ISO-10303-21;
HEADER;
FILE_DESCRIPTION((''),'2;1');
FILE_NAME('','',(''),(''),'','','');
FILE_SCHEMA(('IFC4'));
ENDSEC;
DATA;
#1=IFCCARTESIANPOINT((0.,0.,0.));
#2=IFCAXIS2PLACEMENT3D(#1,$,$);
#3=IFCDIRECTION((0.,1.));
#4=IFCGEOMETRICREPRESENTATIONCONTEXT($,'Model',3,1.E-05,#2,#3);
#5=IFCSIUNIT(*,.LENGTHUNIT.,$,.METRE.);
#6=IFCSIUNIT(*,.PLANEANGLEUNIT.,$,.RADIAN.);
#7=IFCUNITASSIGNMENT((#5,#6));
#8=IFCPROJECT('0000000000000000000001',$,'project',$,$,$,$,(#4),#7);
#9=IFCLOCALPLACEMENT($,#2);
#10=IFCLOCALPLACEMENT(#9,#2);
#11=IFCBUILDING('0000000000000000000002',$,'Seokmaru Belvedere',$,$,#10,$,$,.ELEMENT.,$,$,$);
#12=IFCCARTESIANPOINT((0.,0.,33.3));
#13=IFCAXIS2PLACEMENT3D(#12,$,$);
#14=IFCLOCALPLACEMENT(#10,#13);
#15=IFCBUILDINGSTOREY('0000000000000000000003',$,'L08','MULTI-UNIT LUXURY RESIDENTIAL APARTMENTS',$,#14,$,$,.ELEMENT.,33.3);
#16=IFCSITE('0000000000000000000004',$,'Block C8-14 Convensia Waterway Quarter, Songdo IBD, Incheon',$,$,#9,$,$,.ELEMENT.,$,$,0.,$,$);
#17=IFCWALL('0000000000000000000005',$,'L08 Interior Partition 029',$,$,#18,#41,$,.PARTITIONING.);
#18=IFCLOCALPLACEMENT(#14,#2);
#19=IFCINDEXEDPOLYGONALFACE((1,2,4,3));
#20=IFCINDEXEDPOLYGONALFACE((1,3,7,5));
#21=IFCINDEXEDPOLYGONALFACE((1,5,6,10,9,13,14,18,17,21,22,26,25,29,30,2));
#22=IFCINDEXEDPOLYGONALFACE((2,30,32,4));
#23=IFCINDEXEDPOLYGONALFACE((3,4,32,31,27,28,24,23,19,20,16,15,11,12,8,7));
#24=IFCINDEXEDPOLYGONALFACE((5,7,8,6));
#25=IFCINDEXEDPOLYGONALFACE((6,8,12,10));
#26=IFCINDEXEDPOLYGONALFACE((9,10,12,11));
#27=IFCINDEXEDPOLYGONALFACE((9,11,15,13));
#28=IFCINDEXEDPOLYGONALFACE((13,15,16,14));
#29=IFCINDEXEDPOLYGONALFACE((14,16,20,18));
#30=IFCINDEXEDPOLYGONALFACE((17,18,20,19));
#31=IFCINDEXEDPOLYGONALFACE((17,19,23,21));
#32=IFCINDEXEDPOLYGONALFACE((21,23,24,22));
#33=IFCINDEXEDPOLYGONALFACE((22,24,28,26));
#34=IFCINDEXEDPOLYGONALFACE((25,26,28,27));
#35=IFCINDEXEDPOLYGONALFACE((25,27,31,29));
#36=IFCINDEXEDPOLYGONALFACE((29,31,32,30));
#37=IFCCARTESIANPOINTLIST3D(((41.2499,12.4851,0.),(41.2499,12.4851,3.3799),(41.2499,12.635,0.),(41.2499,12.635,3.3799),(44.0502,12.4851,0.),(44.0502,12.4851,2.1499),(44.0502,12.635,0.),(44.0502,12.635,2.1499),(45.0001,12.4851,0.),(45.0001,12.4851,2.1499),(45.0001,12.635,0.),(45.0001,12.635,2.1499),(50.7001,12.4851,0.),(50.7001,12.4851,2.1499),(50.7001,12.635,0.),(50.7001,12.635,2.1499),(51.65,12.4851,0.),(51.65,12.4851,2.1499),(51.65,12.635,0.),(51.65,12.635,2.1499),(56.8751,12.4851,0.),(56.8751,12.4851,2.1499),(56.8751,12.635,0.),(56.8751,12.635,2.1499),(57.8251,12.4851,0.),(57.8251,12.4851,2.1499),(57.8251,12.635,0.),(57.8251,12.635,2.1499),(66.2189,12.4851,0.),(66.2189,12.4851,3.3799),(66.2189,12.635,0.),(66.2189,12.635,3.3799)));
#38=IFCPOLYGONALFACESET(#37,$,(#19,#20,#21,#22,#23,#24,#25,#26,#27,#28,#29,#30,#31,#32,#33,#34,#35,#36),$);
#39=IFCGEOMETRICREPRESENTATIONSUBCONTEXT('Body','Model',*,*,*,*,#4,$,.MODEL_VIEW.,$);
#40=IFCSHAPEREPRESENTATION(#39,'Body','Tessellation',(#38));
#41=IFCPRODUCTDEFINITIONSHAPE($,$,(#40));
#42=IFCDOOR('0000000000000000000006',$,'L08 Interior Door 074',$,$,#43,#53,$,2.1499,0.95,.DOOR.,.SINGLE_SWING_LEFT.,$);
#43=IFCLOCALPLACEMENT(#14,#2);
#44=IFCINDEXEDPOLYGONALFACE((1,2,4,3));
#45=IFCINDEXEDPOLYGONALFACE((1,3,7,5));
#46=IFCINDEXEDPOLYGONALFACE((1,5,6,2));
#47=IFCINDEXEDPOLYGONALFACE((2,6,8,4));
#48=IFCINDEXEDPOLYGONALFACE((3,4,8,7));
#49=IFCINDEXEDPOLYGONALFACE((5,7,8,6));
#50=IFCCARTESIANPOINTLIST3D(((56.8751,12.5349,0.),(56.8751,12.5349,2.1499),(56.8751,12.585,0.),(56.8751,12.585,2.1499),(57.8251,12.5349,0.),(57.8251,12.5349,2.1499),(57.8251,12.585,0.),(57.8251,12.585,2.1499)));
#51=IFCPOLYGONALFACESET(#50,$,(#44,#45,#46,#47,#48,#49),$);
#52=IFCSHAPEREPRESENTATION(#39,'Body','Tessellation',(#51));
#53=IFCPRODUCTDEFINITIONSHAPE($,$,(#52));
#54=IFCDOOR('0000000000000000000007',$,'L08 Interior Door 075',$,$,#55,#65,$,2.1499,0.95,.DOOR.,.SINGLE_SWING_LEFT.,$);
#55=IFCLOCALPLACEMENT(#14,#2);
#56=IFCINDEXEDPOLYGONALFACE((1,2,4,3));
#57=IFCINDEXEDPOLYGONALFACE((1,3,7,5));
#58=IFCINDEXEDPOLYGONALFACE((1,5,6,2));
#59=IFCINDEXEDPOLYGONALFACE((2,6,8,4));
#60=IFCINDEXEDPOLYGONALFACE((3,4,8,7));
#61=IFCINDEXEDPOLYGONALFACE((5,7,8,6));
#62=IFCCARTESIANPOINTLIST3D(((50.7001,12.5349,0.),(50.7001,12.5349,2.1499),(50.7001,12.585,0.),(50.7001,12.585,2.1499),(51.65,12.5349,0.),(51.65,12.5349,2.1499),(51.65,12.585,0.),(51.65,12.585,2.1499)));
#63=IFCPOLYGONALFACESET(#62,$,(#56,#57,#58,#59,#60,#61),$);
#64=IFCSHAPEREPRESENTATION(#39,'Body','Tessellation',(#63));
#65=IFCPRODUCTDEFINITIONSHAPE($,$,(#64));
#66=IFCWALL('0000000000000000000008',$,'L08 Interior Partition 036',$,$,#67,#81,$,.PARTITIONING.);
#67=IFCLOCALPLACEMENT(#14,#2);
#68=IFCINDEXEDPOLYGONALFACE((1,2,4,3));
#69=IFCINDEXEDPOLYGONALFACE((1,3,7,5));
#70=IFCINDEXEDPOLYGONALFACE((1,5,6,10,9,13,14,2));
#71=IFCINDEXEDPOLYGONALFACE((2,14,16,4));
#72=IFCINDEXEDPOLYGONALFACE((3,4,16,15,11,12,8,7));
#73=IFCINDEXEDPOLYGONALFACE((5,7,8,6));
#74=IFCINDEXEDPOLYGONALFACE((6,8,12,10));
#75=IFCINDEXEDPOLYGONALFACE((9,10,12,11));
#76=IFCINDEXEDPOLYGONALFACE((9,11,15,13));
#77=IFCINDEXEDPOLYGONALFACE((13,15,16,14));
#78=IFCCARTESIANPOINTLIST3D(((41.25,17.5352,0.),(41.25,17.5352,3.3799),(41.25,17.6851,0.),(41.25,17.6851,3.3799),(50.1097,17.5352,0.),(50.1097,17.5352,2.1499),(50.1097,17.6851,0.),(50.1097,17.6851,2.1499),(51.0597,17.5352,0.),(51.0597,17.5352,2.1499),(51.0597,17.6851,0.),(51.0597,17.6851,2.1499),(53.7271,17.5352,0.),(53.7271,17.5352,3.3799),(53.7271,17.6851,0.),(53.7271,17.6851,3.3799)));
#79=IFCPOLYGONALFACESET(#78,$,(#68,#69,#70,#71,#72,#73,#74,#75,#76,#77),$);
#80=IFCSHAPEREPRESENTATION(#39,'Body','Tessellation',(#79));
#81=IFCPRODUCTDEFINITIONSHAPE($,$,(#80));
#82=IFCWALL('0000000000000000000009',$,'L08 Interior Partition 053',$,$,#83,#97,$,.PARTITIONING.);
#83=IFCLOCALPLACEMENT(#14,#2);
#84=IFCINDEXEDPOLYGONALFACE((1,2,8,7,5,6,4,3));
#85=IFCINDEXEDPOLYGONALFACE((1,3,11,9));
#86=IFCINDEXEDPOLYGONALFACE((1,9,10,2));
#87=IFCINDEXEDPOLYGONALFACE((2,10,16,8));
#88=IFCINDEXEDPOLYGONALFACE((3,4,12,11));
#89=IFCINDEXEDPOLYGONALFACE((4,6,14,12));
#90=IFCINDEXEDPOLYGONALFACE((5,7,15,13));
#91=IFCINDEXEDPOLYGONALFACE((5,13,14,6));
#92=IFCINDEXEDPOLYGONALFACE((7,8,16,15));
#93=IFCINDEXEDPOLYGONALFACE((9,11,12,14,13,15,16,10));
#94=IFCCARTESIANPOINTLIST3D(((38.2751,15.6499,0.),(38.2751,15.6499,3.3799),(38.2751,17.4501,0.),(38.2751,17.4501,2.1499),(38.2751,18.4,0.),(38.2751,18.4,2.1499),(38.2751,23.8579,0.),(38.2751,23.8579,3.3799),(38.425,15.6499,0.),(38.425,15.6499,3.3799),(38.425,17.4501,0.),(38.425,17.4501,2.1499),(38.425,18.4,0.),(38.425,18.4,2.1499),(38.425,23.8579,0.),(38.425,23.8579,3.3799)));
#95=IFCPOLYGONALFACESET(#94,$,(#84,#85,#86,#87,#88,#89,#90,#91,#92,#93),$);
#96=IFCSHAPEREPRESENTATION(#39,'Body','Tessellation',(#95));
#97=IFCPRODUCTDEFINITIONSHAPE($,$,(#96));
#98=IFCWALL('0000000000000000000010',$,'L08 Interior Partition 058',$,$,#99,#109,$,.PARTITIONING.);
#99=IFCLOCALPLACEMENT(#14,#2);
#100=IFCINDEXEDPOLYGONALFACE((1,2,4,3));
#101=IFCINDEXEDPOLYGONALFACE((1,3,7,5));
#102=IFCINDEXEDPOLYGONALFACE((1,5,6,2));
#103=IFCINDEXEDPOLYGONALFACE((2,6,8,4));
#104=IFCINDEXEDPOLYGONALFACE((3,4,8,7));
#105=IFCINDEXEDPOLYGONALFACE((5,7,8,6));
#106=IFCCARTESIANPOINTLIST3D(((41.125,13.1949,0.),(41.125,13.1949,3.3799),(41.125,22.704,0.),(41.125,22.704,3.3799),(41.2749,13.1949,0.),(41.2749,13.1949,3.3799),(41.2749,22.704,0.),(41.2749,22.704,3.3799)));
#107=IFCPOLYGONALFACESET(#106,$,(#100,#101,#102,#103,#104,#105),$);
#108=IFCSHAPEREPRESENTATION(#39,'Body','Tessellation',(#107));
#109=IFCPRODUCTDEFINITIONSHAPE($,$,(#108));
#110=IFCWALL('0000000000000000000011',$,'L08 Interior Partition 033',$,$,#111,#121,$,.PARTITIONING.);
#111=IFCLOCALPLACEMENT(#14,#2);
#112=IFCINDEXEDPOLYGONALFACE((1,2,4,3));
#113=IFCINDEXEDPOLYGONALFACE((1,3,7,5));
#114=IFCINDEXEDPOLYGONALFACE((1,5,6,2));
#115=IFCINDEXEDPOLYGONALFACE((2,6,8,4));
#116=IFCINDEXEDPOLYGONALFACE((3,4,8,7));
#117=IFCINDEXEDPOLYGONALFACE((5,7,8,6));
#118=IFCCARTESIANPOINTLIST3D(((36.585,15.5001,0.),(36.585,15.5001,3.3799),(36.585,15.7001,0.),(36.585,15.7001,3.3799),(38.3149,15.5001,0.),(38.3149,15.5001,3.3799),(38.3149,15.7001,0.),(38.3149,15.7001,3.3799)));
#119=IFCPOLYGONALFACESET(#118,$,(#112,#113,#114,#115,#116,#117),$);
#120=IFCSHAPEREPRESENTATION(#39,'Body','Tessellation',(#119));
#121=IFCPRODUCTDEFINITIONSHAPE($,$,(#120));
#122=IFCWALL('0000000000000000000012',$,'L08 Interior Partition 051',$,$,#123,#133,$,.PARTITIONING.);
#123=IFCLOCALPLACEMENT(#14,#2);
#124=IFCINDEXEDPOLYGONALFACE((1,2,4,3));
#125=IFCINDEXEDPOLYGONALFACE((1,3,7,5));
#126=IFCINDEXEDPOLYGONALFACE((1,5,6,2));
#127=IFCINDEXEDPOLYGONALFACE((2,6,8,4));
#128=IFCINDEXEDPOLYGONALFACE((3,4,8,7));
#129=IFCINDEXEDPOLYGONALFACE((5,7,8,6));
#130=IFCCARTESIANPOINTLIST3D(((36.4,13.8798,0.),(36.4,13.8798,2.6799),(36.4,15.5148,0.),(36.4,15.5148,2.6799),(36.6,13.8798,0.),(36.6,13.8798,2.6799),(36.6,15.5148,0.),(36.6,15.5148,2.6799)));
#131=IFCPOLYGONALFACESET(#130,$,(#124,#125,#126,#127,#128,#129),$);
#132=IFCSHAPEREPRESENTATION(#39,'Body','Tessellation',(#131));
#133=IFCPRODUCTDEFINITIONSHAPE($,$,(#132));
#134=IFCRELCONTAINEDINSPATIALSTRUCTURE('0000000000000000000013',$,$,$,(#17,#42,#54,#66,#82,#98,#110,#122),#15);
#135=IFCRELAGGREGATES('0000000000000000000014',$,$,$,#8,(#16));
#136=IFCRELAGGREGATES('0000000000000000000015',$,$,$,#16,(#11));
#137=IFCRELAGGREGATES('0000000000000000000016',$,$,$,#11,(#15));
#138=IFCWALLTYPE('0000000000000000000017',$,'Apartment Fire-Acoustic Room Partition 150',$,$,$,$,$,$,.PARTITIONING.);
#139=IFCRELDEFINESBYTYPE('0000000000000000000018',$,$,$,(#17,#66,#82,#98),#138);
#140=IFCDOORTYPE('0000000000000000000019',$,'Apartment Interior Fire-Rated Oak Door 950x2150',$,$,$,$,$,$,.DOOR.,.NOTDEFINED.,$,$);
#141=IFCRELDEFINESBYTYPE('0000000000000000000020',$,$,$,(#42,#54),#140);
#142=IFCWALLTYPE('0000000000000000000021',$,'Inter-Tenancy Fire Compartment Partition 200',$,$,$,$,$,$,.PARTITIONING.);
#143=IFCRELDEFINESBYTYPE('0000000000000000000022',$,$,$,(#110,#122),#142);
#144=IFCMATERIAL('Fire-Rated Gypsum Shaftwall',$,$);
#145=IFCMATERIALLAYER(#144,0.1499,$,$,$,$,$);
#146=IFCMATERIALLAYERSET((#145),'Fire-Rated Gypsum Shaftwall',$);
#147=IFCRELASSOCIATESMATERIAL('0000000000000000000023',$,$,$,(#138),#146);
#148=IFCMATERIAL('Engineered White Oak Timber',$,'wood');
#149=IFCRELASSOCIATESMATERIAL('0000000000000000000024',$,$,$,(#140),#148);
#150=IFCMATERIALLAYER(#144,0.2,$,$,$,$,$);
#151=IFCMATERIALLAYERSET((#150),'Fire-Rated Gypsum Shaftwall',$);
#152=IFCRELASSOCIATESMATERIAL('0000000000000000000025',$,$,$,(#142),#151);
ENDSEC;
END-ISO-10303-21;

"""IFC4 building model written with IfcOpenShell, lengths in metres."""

from ifc_helpers import new_model, si_unit, direction, frame, frame_2d, origin, place, context, subcontext, project, spatial, rectangle, extrude, source, transform, mapped, material, layer, layer_set, type_object, type_shapes, element, fill, save


model = new_model("IFC4")

# Units and contexts
model_context = context("Model", 3, precision=1e-05, world=origin(), true_north=direction((0.0, 1.0)))
body_context = subcontext(model_context, "Body", "Model", "MODEL_VIEW")
ifc_project = project(units=[si_unit("LENGTHUNIT", "METRE"), si_unit("PLANEANGLEUNIT", "RADIAN")], contexts=[model_context])

# Site, building, storey
site_placement = place(None, origin())
site = spatial("IfcSite", under=ifc_project, at=site_placement, Name="Block C8-14 Convensia Waterway Quarter, Songdo IBD, Incheon", CompositionType="ELEMENT", RefElevation=0.0)
building_placement = place(site_placement, origin())
building = spatial("IfcBuilding", under=site, at=building_placement, Name="Seokmaru Belvedere", CompositionType="ELEMENT")
storey_placement = place(building_placement, frame((0.0, 0.0, 33.3)))
storey = spatial("IfcBuildingStorey", under=building, at=storey_placement, Name="L08", Description="MULTI-UNIT LUXURY RESIDENTIAL APARTMENTS", CompositionType="ELEMENT", Elevation=33.3)

# Wall, openings, doors
ifc_material_1 = material(Name="Fire-Rated Gypsum Shaftwall")
ifc_layer_1 = layer(ifc_material_1, 0.1499)
ifc_layer_set_1 = layer_set([ifc_layer_1], Name="Fire-Rated Gypsum Shaftwall")
wall_type_1 = type_object("IfcWallType", Name="Apartment Fire-Acoustic Room Partition 150", PredefinedType="PARTITIONING", material=ifc_layer_set_1)
wall_1_placement = place(storey_placement, frame((41.25, 12.5601, 0.0), z_axis=(0.0, 0.0, 1.0), x_axis=(1.0, 0.0, 0.0)))
wall_1 = element("IfcWall", 1, at=wall_1_placement, inside=storey, type_object=wall_type_1, Name="L08 Interior Partition 029", PredefinedType="PARTITIONING", context=body_context, shape_type="SweptSolid", body=[
    extrude(rectangle(XDim=24.969, YDim=0.1499, at=frame_2d((12.4844, 0.0))), origin(), (0.0, 0.0, 1.0), 3.3799),
])
opening_1_placement = place(wall_1_placement, frame((2.8, 0.0, 0.0)))
element("IfcOpeningElement", 2, at=opening_1_placement, cuts=wall_1, PredefinedType="OPENING", context=body_context, shape_type="SweptSolid", body=[
    extrude(rectangle(XDim=0.95, YDim=2.1499, at=frame_2d((0.4751, 1.075))), frame((0.0, 0.085, 0.0), z_axis=(0.0, -1.0, 0.0), x_axis=(1.0, 0.0, 0.0)), (0.0, 0.0, 1.0), 0.1699),
])
opening_2_placement = place(wall_1_placement, frame((15.625, 0.0, 0.0)))
opening_2 = element("IfcOpeningElement", 3, at=opening_2_placement, cuts=wall_1, PredefinedType="OPENING", context=body_context, shape_type="SweptSolid", body=[
    extrude(rectangle(XDim=0.95, YDim=2.1499, at=frame_2d((0.4751, 1.075))), frame((0.0, 0.085, 0.0), z_axis=(0.0, -1.0, 0.0), x_axis=(1.0, 0.0, 0.0)), (0.0, 0.0, 1.0), 0.1699),
])
opening_3_placement = place(wall_1_placement, frame((9.45, 0.0, 0.0)))
opening_3 = element("IfcOpeningElement", 4, at=opening_3_placement, cuts=wall_1, PredefinedType="OPENING", context=body_context, shape_type="SweptSolid", body=[
    extrude(rectangle(XDim=0.95, YDim=2.1499, at=frame_2d((0.4751, 1.075))), frame((0.0, 0.085, 0.0), z_axis=(0.0, -1.0, 0.0), x_axis=(1.0, 0.0, 0.0)), (0.0, 0.0, 1.0), 0.1699),
])
ifc_material_2 = material(Name="Engineered White Oak Timber", Category="wood")
door_type = type_object("IfcDoorType", Name="Apartment Interior Fire-Rated Oak Door 950x2150", OperationType="NOTDEFINED", PredefinedType="DOOR", material=ifc_material_2)
shared_shape_1 = source(origin(), body_context, "Body", "SweptSolid", [
    extrude(rectangle(XDim=0.95, YDim=2.1499, at=frame_2d((0.4751, 1.075))), frame((0.0, 0.0249, 0.0), z_axis=(0.0, -1.0, 0.0), x_axis=(1.0, 0.0, 0.0)), (0.0, 0.0, 1.0), 0.05),
])
type_shapes(door_type, [shared_shape_1])
door_1_placement = place(opening_2_placement, origin())
door_1 = element("IfcDoor", 5, at=door_1_placement, inside=storey, type_object=door_type, Name="L08 Interior Door 074", OperationType="SINGLE_SWING_LEFT", OverallHeight=2.1499, OverallWidth=0.95, PredefinedType="DOOR", context=body_context, shape_type="MappedRepresentation", body=[
    mapped(shared_shape_1, transform((0.0, 0.0, 0.0), scale=1.0)),
])
fill(opening_2, door_1)
door_2_placement = place(opening_3_placement, origin())
door_2 = element("IfcDoor", 6, at=door_2_placement, inside=storey, type_object=door_type, Name="L08 Interior Door 075", OperationType="SINGLE_SWING_LEFT", OverallHeight=2.1499, OverallWidth=0.95, PredefinedType="DOOR", context=body_context, shape_type="MappedRepresentation", body=[
    mapped(shared_shape_1, transform((0.0, 0.0, 0.0), scale=1.0)),
])
fill(opening_3, door_2)

# Walls, openings
wall_2_placement = place(storey_placement, frame((41.25, 17.6101, 0.0), z_axis=(0.0, 0.0, 1.0), x_axis=(1.0, 0.0, 0.0)))
wall_2 = element("IfcWall", 7, at=wall_2_placement, inside=storey, type_object=wall_type_1, Name="L08 Interior Partition 036", PredefinedType="PARTITIONING", context=body_context, shape_type="SweptSolid", body=[
    extrude(rectangle(XDim=12.4771, YDim=0.1499, at=frame_2d((6.2385, 0.0))), origin(), (0.0, 0.0, 1.0), 3.3799),
])
opening_4_placement = place(wall_2_placement, frame((8.8596, 0.0, 0.0)))
element("IfcOpeningElement", 8, at=opening_4_placement, cuts=wall_2, PredefinedType="OPENING", context=body_context, shape_type="SweptSolid", body=[
    extrude(rectangle(XDim=0.95, YDim=2.1499, at=frame_2d((0.4751, 1.075))), frame((0.0, 0.085, 0.0), z_axis=(0.0, -1.0, 0.0), x_axis=(1.0, 0.0, 0.0)), (0.0, 0.0, 1.0), 0.1699),
])
wall_3_placement = place(storey_placement, frame((38.3501, 15.6499, 0.0), z_axis=(0.0, 0.0, 1.0), x_axis=(0.0, 1.0, 0.0)))
wall_3 = element("IfcWall", 9, at=wall_3_placement, inside=storey, type_object=wall_type_1, Name="L08 Interior Partition 053", PredefinedType="PARTITIONING", context=body_context, shape_type="SweptSolid", body=[
    extrude(rectangle(XDim=8.208, YDim=0.1499, at=frame_2d((4.104, 0.0))), origin(), (0.0, 0.0, 1.0), 3.3799),
])
opening_5_placement = place(wall_3_placement, frame((1.8, 0.0, 0.0)))
element("IfcOpeningElement", 10, at=opening_5_placement, cuts=wall_3, PredefinedType="OPENING", context=body_context, shape_type="SweptSolid", body=[
    extrude(rectangle(XDim=0.95, YDim=2.1499, at=frame_2d((0.4751, 1.075))), frame((0.0, 0.085, 0.0), z_axis=(0.0, -1.0, 0.0), x_axis=(1.0, 0.0, 0.0)), (0.0, 0.0, 1.0), 0.1699),
])

# Walls
wall_4_placement = place(storey_placement, frame((41.2, 13.1951, 0.0), z_axis=(0.0, 0.0, 1.0), x_axis=(0.0, 1.0, 0.0)))
element("IfcWall", 11, at=wall_4_placement, inside=storey, type_object=wall_type_1, Name="L08 Interior Partition 058", PredefinedType="PARTITIONING", context=body_context, shape_type="SweptSolid", body=[
    extrude(rectangle(XDim=9.509, YDim=0.1499, at=frame_2d((4.7544, 0.0))), origin(), (0.0, 0.0, 1.0), 3.3799),
])
ifc_layer_2 = layer(ifc_material_1, 0.2)
ifc_layer_set_2 = layer_set([ifc_layer_2], Name="Fire-Rated Gypsum Shaftwall")
wall_type_2 = type_object("IfcWallType", Name="Inter-Tenancy Fire Compartment Partition 200", PredefinedType="PARTITIONING", material=ifc_layer_set_2)
wall_5_placement = place(storey_placement, frame((36.585, 15.6001, 0.0), z_axis=(0.0, 0.0, 1.0), x_axis=(1.0, 0.0, 0.0)))
element("IfcWall", 12, at=wall_5_placement, inside=storey, type_object=wall_type_2, Name="L08 Interior Partition 033", PredefinedType="PARTITIONING", context=body_context, shape_type="SweptSolid", body=[
    extrude(rectangle(XDim=1.73, YDim=0.2, at=frame_2d((0.865, 0.0))), origin(), (0.0, 0.0, 1.0), 3.3799),
])
wall_6_placement = place(storey_placement, frame((36.5, 13.8799, 0.0), z_axis=(0.0, 0.0, 1.0), x_axis=(0.0, 1.0, 0.0)))
element("IfcWall", 13, at=wall_6_placement, inside=storey, type_object=wall_type_2, Name="L08 Interior Partition 051", PredefinedType="PARTITIONING", context=body_context, shape_type="SweptSolid", body=[
    extrude(rectangle(XDim=1.635, YDim=0.2, at=frame_2d((0.8174, 0.0))), origin(), (0.0, 0.0, 1.0), 2.6799),
])

save(model, "model.ifc")
